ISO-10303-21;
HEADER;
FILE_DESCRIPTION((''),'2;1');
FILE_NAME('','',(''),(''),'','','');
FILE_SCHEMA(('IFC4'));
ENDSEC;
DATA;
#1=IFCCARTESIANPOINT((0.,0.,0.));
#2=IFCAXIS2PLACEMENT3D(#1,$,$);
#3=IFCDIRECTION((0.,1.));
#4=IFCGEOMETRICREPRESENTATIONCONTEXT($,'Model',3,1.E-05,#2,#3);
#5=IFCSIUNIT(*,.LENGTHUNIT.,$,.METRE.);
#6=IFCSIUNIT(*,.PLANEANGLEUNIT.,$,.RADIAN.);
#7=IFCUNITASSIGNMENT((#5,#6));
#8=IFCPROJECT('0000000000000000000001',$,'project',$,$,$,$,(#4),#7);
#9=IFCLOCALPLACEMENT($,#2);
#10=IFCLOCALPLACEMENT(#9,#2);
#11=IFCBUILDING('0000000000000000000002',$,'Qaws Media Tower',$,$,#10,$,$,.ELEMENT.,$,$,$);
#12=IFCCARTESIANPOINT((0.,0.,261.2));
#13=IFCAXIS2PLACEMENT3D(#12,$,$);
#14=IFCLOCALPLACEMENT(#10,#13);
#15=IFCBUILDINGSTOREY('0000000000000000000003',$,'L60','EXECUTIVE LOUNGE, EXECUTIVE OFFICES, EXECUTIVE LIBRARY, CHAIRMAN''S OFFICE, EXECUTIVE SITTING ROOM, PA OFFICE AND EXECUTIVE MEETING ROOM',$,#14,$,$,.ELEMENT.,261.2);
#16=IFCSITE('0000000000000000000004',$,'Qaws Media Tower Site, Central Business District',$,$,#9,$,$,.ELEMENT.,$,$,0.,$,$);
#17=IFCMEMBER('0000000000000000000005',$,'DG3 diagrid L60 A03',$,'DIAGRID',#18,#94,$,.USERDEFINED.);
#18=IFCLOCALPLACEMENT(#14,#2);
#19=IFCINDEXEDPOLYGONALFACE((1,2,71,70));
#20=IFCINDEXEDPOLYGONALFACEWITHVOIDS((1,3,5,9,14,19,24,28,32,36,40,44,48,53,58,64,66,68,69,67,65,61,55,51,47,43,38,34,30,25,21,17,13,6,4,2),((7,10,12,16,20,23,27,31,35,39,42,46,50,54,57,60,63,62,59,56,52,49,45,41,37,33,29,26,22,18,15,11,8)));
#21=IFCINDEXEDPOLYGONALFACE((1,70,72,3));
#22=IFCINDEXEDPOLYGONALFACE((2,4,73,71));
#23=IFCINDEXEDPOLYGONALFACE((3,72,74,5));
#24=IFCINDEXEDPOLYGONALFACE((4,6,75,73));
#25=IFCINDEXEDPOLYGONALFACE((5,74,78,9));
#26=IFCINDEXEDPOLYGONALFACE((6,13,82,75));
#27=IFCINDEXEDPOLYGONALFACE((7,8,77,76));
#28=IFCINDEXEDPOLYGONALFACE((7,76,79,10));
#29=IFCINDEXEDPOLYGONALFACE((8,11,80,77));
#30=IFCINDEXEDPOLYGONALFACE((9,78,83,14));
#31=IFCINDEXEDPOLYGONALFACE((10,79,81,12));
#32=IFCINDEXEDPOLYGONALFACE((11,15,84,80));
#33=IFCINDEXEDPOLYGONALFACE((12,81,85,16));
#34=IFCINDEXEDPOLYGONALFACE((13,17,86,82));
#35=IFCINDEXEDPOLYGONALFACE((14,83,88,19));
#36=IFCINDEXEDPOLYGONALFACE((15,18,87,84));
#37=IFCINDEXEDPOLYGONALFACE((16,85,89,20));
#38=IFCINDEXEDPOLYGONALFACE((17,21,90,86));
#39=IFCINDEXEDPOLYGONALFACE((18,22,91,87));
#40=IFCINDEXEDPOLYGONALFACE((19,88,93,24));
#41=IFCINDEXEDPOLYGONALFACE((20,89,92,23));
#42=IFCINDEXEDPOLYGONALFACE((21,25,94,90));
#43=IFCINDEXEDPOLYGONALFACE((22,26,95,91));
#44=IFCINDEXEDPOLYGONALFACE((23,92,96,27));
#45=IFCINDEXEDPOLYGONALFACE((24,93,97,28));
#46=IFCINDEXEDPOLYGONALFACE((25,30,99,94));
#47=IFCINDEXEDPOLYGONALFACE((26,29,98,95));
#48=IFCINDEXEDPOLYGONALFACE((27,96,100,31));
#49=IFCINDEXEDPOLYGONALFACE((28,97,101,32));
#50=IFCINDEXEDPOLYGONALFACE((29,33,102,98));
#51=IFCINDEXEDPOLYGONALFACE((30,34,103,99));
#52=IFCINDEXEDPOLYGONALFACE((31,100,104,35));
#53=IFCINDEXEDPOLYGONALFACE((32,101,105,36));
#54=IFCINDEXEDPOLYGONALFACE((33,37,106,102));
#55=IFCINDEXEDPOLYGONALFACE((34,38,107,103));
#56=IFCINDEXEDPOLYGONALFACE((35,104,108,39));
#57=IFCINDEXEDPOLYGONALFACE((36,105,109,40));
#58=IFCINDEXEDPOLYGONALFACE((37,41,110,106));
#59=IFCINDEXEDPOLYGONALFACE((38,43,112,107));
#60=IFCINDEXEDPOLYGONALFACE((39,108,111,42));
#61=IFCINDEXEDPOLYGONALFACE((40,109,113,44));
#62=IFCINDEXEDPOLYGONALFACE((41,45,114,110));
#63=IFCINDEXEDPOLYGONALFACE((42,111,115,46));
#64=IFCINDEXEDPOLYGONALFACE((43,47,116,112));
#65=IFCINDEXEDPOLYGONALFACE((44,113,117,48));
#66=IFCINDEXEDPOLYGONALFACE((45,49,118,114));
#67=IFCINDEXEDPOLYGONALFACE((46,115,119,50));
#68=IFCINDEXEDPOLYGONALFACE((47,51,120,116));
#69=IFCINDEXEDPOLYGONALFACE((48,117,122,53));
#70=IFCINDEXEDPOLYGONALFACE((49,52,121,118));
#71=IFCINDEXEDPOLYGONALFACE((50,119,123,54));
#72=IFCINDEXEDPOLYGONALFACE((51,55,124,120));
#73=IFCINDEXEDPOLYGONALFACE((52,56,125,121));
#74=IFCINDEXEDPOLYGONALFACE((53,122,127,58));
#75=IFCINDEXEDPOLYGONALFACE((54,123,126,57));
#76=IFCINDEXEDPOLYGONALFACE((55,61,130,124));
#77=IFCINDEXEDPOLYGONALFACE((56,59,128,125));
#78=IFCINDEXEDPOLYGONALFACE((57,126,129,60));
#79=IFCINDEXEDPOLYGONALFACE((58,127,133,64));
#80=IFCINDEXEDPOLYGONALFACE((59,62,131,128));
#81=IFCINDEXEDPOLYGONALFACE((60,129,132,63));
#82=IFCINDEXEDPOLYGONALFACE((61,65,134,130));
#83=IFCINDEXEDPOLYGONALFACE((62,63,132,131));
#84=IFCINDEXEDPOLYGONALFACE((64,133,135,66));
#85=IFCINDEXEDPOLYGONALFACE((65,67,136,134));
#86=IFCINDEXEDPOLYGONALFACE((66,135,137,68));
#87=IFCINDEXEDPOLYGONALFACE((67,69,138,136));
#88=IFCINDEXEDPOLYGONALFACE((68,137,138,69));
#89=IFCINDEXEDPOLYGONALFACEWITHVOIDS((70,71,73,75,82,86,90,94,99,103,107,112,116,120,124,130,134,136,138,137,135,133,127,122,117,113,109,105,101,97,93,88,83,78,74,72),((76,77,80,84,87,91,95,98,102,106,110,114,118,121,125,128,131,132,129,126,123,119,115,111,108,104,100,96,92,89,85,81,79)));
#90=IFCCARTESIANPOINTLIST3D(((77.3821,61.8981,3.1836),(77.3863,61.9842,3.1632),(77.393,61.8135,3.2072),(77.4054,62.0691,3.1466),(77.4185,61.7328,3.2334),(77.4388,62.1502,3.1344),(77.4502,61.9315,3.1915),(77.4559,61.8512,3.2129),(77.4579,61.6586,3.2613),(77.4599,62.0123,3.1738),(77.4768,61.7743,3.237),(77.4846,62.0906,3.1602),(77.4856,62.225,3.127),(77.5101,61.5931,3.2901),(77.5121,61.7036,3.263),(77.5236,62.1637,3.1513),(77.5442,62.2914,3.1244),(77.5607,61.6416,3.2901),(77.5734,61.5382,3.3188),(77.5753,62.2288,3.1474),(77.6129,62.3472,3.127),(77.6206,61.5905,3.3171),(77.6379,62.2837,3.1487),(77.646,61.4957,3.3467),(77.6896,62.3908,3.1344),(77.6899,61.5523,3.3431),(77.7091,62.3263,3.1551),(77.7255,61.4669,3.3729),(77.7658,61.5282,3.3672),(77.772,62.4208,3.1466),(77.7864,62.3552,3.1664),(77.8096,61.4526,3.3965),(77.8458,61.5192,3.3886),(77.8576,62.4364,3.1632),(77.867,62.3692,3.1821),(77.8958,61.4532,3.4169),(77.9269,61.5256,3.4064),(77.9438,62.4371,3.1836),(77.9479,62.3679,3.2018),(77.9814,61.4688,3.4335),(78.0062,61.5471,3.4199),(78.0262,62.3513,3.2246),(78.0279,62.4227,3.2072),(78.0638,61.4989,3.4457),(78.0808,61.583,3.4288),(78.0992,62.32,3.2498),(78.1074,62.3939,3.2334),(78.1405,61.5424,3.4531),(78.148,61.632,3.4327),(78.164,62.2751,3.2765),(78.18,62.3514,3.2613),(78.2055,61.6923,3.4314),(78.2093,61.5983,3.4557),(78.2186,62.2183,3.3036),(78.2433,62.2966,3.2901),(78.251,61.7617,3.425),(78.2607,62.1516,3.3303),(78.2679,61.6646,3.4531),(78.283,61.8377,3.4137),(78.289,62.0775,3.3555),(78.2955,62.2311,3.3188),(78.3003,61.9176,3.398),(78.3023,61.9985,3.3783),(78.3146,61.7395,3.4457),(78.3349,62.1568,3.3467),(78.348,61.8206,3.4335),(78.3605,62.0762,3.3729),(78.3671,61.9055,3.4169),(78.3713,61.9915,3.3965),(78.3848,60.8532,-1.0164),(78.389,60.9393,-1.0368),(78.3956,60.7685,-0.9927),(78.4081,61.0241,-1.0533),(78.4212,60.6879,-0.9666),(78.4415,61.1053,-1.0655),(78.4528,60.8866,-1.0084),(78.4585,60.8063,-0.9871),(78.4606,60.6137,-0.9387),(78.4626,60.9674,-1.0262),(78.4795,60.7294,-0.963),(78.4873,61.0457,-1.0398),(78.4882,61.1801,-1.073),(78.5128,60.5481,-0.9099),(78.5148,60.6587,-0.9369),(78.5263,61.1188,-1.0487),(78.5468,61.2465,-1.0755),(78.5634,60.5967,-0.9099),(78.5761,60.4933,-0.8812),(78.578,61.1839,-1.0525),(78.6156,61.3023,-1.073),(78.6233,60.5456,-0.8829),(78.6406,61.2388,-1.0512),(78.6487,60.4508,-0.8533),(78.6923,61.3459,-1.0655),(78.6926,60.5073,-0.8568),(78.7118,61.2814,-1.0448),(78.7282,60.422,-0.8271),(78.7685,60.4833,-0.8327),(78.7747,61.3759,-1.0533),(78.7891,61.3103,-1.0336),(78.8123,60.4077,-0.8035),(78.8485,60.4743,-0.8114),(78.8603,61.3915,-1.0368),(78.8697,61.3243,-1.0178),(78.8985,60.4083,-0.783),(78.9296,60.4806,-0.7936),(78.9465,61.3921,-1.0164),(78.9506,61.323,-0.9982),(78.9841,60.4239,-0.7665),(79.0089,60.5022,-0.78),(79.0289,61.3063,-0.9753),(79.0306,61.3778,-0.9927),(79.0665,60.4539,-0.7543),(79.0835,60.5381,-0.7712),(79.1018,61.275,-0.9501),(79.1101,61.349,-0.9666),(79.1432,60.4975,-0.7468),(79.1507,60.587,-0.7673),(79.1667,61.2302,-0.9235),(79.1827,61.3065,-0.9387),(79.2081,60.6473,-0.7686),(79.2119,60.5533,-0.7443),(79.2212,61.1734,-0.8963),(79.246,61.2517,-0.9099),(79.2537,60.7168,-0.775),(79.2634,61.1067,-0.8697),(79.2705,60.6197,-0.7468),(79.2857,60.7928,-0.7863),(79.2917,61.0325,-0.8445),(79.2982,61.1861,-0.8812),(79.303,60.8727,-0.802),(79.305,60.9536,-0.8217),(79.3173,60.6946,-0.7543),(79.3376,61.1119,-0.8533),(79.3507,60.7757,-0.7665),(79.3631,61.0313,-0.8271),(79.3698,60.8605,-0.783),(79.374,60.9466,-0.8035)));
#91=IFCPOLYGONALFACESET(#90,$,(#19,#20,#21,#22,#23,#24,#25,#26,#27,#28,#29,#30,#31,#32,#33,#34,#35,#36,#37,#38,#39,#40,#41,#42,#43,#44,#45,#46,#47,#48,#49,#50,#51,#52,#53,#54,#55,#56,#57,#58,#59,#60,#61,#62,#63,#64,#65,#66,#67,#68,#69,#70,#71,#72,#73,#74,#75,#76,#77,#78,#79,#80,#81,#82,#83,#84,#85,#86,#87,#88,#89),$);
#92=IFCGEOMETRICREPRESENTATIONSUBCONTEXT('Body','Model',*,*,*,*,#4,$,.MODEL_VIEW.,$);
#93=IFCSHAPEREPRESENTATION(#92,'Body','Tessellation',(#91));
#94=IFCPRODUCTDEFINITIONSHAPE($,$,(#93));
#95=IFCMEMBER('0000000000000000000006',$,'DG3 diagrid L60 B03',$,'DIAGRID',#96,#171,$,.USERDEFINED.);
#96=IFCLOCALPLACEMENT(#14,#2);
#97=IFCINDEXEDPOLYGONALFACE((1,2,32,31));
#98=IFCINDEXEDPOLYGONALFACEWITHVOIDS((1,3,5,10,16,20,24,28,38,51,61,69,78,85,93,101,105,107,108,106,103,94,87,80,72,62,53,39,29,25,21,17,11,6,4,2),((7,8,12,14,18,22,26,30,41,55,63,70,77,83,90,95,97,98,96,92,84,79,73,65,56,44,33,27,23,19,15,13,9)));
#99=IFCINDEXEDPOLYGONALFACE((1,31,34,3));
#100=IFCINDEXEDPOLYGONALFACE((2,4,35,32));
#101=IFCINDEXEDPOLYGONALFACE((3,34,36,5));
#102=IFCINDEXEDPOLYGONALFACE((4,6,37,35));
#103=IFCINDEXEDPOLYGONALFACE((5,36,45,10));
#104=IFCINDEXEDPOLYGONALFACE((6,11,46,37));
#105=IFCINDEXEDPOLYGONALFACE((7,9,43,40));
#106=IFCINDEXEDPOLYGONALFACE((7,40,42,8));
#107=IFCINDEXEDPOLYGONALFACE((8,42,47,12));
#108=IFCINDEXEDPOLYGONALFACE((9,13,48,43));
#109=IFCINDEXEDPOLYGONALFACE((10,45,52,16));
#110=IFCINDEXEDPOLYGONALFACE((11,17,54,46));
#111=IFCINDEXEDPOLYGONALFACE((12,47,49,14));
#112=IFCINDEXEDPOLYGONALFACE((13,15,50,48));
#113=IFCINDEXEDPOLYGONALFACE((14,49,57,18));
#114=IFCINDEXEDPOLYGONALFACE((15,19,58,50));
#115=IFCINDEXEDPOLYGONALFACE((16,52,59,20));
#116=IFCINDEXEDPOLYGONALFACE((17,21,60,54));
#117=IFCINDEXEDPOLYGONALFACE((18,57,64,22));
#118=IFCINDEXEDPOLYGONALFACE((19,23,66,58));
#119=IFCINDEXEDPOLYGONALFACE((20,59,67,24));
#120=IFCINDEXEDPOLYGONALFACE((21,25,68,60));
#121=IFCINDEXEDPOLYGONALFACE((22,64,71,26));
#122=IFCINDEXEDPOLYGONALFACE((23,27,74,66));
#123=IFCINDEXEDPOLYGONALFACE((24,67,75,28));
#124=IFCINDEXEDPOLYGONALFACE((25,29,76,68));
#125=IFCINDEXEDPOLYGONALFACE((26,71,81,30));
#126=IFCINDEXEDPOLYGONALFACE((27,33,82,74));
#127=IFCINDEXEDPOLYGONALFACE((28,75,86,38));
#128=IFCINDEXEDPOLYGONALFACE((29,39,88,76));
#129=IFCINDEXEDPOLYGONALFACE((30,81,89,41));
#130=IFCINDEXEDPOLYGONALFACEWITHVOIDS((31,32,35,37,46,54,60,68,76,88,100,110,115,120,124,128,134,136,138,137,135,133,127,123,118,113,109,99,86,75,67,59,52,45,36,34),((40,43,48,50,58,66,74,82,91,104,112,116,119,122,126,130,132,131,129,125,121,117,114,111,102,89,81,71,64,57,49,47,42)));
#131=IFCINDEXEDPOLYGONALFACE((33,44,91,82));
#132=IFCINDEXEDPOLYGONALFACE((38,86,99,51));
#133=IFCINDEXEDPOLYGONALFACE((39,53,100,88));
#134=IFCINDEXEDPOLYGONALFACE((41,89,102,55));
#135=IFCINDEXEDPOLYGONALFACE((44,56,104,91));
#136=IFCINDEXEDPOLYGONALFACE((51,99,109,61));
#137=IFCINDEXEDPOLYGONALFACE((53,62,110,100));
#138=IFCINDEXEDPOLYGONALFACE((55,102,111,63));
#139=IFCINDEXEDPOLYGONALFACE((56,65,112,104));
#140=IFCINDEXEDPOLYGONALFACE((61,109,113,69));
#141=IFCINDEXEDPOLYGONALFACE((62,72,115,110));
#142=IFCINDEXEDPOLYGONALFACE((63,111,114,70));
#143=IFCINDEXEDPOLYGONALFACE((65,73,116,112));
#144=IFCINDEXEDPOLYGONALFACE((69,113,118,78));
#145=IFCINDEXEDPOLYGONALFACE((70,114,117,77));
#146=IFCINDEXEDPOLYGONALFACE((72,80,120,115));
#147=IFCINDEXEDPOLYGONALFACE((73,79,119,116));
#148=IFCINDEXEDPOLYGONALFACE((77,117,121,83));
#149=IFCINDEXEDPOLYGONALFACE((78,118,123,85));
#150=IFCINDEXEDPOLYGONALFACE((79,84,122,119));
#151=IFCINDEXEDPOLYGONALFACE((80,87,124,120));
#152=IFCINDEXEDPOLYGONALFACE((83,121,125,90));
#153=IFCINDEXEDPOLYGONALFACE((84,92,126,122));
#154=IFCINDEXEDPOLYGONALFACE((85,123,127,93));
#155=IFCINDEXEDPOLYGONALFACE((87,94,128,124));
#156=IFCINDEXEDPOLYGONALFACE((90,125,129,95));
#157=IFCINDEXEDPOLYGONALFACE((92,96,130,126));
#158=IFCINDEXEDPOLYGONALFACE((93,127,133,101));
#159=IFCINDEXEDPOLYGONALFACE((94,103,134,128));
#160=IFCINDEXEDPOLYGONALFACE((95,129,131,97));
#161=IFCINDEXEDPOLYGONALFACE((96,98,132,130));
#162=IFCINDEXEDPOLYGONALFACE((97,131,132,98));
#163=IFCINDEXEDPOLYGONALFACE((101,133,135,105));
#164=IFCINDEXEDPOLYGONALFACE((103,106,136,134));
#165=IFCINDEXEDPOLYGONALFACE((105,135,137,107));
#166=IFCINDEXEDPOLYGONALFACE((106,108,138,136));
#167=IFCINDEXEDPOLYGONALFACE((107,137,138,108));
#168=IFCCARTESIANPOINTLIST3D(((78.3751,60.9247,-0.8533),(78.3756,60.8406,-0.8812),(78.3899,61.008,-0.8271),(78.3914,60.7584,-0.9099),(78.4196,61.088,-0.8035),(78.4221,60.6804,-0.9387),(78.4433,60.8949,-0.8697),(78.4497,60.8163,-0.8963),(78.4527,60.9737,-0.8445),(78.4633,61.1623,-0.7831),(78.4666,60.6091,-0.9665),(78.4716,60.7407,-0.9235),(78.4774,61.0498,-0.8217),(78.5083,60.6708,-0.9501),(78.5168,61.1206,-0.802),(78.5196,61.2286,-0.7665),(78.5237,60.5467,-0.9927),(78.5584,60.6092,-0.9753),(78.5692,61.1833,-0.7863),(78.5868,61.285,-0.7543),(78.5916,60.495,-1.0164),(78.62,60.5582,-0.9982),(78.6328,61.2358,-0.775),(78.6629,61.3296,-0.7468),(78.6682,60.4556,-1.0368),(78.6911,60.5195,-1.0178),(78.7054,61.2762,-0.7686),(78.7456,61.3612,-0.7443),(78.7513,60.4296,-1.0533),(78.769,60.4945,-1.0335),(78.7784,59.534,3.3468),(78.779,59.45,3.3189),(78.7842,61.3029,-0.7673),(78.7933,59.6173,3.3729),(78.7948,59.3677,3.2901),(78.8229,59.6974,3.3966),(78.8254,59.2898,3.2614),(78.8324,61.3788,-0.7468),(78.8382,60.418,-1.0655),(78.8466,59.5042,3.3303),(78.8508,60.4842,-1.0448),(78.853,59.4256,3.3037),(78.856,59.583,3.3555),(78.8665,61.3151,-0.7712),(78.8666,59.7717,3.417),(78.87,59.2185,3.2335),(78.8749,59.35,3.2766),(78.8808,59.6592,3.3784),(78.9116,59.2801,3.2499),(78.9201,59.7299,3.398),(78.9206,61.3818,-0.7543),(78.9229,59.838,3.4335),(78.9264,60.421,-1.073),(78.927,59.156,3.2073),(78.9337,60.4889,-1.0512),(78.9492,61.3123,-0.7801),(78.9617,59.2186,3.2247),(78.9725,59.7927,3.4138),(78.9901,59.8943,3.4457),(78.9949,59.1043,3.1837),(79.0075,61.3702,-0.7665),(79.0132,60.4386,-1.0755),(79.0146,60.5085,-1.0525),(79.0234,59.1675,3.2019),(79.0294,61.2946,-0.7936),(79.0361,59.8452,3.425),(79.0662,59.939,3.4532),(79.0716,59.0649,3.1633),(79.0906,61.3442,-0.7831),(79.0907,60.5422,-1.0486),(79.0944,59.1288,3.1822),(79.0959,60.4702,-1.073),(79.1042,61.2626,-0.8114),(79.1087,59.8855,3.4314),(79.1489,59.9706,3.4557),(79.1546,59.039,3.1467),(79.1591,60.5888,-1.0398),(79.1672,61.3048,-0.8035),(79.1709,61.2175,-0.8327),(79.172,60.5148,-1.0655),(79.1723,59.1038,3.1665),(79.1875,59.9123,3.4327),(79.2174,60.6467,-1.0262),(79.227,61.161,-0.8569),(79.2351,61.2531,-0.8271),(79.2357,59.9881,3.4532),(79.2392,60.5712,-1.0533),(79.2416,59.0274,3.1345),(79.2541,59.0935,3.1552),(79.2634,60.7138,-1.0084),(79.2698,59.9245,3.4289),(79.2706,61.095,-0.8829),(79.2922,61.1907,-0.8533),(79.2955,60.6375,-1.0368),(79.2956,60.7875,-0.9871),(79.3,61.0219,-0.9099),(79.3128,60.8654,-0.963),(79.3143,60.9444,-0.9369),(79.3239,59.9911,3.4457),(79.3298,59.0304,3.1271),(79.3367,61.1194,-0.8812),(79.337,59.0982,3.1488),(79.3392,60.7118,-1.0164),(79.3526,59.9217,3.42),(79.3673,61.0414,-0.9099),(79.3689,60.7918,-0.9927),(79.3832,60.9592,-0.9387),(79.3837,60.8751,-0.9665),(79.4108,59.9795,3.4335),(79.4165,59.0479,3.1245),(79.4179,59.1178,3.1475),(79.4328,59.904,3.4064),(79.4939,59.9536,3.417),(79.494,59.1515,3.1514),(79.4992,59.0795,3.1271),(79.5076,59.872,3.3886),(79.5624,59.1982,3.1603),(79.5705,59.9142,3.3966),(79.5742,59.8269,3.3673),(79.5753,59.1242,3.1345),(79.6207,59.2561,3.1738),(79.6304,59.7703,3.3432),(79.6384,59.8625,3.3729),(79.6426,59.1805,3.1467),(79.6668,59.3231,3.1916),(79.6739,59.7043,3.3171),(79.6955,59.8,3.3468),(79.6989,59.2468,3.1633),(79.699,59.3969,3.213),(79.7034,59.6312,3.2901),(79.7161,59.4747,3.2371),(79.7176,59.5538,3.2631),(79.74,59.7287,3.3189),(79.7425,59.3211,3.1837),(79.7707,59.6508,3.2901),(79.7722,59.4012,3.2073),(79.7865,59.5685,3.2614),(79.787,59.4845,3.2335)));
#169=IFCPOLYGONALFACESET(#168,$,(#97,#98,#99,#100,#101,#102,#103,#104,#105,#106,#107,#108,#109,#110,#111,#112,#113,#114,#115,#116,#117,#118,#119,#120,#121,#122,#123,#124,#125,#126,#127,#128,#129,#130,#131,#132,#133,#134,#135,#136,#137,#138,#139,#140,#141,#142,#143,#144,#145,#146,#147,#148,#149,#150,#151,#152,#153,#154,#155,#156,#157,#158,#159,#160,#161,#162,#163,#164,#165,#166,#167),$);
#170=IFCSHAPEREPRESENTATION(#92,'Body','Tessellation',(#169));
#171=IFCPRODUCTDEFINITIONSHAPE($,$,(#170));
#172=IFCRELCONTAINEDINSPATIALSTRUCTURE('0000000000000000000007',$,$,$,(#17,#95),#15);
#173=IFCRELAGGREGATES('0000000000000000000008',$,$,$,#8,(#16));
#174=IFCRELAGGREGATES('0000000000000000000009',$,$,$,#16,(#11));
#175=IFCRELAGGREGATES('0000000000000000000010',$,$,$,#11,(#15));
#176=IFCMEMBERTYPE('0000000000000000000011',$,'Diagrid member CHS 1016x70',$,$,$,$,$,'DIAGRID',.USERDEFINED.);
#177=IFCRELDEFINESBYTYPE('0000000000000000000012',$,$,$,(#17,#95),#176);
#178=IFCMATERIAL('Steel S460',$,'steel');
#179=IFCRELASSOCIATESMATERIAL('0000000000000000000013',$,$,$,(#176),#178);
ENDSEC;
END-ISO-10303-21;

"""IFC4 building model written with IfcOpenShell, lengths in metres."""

from ifc_helpers import new_model, si_unit, direction, frame, origin, origin_2d, place, context, subcontext, project, spatial, hollow_circle, extrude, material, material_profile, profile_set, type_object, element, save


model = new_model("IFC4")

# Units and contexts
model_context = context("Model", 3, precision=1e-05, world=origin(), true_north=direction((0.0, 1.0)))
body_context = subcontext(model_context, "Body", "Model", "MODEL_VIEW")
ifc_project = project(units=[si_unit("LENGTHUNIT", "METRE"), si_unit("PLANEANGLEUNIT", "RADIAN")], contexts=[model_context])

# Site, building, storey
site_placement = place(None, origin())
site = spatial("IfcSite", under=ifc_project, at=site_placement, Name="Qaws Media Tower Site, Central Business District", CompositionType="ELEMENT", RefElevation=0.0)
building_placement = place(site_placement, origin())
building = spatial("IfcBuilding", under=site, at=building_placement, Name="Qaws Media Tower", CompositionType="ELEMENT")
storey_placement = place(building_placement, frame((0.0, 0.0, 261.2)))
storey = spatial("IfcBuildingStorey", under=building, at=storey_placement, Name="L60", Description="EXECUTIVE LOUNGE, EXECUTIVE OFFICES, EXECUTIVE LIBRARY, CHAIRMAN'S OFFICE, EXECUTIVE SITTING ROOM, PA OFFICE AND EXECUTIVE MEETING ROOM", CompositionType="ELEMENT", Elevation=261.2)

# Members
ifc_material_1 = material(Name="Steel S460", Category="steel")
ifc_material_profile_1 = material_profile(ifc_material_1, hollow_circle(Radius=0.5081, WallThickness=0.0701, at=origin_2d()), Name="CHS 1016x70")
ifc_profile_set_1 = profile_set([ifc_material_profile_1], Name="Steel S460")
member_type_1 = type_object("IfcMemberType", Name="Diagrid member CHS 1016x70", ElementType="DIAGRID", PredefinedType="USERDEFINED", material=ifc_profile_set_1)
for number, where, z_axis, x_axis, name in (
    (1, (78.8794, 60.8999, -0.9099), (-0.225697, 0.235204, 0.945378), (-0.721539, -0.692374, 0.0), "DG3 diagrid L60 A03"),
    (2, (78.8794, 60.8999, -0.9099), (0.090786, -0.313025, 0.945396), (0.960422, 0.278549, 0.0), "DG3 diagrid L60 B03"),
):
    element("IfcMember", number, at=place(storey_placement, frame(where, z_axis=z_axis, x_axis=x_axis)), inside=storey, type_object=member_type_1, Name=name, ObjectType="DIAGRID", PredefinedType="USERDEFINED", context=body_context, shape_type="SweptSolid", body=[
        extrude(hollow_circle(Radius=0.5081, WallThickness=0.0701, at=origin_2d()), origin(), (0.0, 0.0, 1.0), 4.4426),
    ])

save(model, "model.ifc")
